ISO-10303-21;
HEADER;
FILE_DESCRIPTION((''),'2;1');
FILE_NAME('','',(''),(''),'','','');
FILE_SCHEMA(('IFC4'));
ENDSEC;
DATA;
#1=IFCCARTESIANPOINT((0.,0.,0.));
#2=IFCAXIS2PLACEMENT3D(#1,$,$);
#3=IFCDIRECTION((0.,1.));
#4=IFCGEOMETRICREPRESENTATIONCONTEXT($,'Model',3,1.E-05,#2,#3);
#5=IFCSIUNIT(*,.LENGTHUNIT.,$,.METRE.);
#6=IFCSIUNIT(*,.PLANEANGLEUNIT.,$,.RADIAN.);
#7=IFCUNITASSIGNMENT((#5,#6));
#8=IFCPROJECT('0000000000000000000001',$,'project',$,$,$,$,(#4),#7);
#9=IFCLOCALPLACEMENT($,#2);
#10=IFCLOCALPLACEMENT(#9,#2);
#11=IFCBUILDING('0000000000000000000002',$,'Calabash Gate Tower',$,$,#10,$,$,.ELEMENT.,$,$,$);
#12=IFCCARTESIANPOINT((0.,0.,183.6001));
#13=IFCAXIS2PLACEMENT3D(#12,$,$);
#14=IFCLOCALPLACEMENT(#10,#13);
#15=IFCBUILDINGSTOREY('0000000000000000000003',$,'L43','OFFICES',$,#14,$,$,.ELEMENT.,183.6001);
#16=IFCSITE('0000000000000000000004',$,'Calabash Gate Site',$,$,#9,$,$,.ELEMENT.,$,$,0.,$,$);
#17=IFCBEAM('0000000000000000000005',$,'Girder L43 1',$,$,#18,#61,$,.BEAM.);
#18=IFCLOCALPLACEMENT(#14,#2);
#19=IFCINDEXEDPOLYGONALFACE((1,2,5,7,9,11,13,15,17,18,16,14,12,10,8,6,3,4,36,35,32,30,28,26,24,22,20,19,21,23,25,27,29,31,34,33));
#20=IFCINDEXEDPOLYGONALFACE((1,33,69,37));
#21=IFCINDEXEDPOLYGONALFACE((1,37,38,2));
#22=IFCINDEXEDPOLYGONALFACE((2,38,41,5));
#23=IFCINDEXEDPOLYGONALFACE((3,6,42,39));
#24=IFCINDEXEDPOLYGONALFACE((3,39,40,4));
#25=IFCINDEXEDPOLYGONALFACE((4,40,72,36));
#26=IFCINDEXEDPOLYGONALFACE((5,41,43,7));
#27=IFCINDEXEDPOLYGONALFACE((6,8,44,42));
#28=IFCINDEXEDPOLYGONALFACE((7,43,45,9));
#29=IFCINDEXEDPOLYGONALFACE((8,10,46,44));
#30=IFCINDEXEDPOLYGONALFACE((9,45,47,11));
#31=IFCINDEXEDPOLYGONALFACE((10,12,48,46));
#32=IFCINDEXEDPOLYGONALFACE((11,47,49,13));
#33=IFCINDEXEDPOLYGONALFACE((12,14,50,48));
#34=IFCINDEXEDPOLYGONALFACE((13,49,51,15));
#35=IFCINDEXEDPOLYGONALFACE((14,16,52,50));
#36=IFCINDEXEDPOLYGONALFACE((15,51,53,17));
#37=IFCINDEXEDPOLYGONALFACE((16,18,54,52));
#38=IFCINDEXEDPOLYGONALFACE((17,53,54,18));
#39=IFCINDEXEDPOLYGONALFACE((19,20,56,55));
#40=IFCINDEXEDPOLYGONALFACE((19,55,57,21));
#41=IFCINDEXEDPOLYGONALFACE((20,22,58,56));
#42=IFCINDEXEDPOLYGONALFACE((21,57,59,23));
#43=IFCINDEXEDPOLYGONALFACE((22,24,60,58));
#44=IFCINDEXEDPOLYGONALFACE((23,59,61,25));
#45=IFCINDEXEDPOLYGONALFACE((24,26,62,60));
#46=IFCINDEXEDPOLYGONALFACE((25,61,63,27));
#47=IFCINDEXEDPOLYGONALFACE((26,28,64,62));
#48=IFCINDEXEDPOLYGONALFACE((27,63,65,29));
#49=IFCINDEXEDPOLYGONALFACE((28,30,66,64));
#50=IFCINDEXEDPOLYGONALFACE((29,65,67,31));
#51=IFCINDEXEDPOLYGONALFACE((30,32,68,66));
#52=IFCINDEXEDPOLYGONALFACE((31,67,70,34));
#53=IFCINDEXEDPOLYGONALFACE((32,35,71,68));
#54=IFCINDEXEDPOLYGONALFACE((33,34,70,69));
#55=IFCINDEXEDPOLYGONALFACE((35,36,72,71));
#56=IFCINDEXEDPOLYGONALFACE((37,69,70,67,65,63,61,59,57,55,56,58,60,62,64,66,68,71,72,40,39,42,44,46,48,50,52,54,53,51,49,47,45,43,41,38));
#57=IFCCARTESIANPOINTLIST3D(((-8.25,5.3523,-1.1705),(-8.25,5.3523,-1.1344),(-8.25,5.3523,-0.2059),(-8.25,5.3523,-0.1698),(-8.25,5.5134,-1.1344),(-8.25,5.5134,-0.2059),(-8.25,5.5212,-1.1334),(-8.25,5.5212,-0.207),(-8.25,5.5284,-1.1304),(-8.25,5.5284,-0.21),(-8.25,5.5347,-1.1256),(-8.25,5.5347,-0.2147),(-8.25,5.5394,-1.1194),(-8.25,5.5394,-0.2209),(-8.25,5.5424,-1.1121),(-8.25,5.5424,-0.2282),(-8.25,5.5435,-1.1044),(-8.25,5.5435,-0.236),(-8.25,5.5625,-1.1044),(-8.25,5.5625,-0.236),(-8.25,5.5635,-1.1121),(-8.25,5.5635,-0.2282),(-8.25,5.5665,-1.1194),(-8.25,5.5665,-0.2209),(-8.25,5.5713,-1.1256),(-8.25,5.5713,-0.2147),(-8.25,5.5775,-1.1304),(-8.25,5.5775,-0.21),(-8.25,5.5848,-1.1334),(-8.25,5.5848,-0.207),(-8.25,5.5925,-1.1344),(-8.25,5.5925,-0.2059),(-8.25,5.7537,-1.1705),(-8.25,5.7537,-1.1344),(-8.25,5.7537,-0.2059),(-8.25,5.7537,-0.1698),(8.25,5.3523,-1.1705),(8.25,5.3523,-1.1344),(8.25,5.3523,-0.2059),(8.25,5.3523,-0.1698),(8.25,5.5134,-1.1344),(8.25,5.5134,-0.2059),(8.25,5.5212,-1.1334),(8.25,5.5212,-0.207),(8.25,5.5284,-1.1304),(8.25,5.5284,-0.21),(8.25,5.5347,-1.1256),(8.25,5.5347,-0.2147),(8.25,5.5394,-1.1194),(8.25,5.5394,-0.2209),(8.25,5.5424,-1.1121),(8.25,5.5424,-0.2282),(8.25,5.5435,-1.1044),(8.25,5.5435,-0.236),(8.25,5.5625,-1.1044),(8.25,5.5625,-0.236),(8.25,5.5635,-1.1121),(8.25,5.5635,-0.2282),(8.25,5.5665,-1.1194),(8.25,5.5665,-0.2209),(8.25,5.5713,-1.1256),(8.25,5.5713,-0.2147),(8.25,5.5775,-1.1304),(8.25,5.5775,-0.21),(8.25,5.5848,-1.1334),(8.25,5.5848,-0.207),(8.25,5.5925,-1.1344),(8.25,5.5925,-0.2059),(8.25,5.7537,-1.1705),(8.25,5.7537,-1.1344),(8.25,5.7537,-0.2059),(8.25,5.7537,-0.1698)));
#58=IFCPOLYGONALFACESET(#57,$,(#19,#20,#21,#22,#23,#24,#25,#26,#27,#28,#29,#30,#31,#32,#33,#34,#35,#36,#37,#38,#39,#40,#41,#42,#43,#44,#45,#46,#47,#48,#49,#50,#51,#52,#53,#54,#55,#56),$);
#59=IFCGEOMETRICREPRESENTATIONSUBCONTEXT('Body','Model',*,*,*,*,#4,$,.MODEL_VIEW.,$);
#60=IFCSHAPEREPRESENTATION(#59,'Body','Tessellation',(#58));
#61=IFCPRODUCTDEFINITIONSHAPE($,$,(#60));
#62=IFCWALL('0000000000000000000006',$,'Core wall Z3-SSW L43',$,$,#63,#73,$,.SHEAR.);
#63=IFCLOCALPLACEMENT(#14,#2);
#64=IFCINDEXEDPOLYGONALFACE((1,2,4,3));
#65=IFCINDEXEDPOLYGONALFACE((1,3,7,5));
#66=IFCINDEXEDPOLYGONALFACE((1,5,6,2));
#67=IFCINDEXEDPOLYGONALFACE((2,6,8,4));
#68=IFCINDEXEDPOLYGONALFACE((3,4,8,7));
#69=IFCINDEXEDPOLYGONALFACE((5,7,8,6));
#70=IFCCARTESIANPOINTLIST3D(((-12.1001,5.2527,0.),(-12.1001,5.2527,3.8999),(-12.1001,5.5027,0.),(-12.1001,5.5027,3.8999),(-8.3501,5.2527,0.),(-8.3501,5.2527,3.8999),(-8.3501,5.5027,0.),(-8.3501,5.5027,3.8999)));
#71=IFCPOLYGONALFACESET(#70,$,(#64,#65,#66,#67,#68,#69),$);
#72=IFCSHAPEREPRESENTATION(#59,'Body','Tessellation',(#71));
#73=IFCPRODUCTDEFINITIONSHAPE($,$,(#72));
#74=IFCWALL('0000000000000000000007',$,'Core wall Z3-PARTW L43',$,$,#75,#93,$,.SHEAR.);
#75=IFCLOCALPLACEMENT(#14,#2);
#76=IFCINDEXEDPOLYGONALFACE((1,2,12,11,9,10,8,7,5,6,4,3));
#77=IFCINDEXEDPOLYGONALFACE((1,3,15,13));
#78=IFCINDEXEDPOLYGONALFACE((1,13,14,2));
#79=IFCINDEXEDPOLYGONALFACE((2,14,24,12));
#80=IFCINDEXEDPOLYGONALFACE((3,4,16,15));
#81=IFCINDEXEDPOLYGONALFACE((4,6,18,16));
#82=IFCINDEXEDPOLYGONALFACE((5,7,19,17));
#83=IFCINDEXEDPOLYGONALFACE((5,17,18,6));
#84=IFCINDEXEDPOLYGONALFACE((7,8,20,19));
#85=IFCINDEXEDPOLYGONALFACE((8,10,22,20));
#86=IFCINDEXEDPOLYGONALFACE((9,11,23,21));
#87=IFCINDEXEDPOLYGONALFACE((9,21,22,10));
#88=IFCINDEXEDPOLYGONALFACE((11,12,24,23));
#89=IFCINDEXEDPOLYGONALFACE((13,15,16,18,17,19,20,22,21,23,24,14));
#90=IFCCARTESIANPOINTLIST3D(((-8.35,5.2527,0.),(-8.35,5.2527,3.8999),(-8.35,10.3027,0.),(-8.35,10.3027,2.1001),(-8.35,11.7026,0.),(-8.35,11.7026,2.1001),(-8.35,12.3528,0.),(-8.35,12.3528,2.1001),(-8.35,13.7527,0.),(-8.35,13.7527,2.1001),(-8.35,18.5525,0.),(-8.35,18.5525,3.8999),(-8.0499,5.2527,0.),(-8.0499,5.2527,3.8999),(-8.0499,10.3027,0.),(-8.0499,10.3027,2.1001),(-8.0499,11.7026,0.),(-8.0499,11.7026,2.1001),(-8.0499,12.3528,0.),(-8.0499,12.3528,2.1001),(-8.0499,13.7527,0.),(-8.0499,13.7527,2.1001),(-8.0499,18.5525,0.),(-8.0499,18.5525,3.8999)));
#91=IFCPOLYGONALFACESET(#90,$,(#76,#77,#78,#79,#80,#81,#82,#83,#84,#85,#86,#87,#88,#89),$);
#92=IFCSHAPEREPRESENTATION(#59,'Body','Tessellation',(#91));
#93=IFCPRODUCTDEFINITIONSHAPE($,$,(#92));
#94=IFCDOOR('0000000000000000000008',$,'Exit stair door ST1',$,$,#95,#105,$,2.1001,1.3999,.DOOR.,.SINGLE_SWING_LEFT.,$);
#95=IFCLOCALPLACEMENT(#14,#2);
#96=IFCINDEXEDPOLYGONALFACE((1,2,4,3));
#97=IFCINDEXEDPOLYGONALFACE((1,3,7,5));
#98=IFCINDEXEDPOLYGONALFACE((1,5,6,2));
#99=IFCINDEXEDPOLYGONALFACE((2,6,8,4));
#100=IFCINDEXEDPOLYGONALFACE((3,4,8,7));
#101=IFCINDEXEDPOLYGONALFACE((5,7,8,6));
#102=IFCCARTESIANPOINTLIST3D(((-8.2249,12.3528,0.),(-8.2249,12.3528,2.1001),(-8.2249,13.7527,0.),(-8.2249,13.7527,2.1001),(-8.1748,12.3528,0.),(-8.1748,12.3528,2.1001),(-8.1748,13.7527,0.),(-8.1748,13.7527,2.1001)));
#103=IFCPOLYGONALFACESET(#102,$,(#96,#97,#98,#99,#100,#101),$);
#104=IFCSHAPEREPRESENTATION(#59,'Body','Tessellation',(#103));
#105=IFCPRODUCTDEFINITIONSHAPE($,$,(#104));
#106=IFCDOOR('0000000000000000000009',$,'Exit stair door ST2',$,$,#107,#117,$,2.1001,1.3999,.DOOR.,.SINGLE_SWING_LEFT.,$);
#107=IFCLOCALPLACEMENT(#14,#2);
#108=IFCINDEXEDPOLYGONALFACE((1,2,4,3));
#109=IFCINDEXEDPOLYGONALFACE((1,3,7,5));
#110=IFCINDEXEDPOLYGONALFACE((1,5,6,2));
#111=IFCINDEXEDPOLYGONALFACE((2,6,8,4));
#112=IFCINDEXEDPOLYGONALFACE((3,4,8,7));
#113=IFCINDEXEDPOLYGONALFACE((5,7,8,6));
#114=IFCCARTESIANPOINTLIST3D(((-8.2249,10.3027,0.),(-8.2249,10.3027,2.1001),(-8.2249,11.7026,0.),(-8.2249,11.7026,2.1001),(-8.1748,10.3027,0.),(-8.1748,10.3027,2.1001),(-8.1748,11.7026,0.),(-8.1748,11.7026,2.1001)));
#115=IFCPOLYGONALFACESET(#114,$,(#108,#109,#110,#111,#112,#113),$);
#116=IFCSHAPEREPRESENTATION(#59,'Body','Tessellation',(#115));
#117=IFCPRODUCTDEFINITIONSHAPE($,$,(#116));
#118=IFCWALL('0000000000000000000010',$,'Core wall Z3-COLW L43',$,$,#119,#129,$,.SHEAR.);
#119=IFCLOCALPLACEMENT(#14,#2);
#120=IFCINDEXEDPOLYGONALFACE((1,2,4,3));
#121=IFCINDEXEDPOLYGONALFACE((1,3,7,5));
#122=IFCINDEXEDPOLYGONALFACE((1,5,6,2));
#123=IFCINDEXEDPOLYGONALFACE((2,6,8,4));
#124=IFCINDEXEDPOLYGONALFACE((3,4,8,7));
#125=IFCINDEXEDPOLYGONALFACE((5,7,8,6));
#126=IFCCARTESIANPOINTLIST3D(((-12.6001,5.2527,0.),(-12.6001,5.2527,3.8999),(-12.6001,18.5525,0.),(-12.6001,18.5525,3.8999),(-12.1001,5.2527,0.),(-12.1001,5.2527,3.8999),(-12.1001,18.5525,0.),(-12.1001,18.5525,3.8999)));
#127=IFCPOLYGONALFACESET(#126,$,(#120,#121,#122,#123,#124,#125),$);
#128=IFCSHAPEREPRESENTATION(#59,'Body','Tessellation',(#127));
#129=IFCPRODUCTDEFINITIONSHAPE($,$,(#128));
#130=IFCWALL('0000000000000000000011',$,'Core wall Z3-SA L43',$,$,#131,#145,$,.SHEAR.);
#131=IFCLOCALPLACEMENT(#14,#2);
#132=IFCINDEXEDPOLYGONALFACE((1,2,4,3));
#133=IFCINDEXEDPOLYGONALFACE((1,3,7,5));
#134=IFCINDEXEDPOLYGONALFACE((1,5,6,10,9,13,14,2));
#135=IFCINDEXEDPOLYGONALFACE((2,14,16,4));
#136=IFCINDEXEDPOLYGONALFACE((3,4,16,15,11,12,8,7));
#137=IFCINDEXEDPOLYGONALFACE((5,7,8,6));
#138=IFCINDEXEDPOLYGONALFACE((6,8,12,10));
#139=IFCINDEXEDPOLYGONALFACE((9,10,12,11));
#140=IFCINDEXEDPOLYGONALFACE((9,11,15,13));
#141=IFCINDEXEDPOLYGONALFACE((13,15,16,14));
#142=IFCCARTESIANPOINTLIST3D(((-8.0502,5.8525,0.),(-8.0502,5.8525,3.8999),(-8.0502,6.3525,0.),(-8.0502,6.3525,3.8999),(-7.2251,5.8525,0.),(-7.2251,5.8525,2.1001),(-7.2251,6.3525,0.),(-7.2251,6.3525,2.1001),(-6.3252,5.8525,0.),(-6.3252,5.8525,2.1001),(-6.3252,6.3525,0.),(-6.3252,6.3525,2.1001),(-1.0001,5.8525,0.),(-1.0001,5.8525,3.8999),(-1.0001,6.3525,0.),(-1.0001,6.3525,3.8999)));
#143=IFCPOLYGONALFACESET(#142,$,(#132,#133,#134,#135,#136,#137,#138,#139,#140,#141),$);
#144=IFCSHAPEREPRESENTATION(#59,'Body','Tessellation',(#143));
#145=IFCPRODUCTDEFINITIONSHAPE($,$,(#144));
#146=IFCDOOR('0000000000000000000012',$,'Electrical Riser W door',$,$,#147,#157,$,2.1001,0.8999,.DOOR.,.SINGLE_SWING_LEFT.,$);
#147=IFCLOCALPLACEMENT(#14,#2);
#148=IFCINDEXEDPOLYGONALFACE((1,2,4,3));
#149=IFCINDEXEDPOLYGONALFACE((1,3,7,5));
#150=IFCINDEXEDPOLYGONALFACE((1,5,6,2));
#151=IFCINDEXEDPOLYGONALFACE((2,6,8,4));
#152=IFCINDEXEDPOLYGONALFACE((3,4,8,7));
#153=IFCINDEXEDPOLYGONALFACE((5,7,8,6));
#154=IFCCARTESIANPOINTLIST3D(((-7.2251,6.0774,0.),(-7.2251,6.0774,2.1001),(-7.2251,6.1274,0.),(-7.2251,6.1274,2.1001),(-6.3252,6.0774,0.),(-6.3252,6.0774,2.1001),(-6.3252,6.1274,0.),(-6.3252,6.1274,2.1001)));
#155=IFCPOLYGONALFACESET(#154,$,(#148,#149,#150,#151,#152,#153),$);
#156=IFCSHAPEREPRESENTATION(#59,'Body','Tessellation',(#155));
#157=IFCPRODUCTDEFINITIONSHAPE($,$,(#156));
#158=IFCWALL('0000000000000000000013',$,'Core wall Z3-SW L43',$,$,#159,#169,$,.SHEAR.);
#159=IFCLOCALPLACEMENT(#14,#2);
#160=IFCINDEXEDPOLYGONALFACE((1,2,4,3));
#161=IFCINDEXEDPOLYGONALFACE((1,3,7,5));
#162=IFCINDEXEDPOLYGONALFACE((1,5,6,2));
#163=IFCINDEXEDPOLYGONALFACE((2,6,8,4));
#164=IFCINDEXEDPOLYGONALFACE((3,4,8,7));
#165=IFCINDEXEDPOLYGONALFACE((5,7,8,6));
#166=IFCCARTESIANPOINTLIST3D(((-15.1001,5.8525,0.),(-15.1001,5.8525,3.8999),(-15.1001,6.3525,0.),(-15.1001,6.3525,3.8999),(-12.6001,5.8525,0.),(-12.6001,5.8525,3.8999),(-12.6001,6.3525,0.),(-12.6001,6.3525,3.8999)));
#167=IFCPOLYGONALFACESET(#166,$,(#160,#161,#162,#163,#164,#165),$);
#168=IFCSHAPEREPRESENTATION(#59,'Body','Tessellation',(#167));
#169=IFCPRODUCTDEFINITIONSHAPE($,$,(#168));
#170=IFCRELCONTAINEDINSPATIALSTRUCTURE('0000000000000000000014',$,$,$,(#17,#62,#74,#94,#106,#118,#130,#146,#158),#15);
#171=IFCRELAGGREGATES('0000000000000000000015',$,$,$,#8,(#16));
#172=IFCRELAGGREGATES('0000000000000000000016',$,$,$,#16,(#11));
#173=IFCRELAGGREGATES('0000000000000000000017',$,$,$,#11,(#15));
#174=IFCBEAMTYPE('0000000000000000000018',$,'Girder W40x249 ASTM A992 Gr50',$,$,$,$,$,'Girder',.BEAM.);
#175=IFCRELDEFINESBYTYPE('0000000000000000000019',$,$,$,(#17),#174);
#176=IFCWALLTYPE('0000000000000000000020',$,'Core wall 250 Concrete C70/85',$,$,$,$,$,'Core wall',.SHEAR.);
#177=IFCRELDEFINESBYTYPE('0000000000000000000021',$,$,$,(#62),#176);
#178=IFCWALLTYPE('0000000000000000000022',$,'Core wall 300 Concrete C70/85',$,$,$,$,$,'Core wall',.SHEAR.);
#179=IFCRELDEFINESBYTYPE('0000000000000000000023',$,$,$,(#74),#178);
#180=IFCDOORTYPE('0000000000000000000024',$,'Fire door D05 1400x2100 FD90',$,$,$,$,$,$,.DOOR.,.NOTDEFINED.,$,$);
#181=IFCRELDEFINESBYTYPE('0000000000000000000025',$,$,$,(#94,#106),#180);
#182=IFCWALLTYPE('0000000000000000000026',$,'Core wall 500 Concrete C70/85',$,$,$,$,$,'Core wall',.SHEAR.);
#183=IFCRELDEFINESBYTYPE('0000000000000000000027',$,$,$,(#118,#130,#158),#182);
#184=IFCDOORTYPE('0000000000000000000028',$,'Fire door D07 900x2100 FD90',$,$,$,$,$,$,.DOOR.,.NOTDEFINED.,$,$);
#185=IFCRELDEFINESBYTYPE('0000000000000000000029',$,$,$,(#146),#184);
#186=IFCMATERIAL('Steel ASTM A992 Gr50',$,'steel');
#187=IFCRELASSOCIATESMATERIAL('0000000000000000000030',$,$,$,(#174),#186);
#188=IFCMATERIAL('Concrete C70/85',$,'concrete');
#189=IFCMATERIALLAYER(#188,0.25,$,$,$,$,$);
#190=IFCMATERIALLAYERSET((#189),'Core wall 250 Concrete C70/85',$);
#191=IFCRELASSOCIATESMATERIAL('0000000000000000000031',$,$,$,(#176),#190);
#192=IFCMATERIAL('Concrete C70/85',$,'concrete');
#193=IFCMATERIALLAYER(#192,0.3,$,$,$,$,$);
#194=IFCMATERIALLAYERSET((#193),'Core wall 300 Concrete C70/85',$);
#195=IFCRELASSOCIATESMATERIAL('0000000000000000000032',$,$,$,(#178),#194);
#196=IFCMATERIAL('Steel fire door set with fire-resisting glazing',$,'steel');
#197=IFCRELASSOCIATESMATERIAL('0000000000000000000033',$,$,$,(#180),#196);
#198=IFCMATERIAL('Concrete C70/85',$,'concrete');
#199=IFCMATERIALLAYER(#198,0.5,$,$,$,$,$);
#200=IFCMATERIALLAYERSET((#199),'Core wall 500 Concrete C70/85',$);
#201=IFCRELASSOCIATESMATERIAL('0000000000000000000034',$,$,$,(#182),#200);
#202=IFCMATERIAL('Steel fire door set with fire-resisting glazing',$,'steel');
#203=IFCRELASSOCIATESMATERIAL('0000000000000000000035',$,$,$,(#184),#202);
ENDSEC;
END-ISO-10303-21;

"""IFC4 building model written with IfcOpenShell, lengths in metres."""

from ifc_helpers import new_model, si_unit, direction, frame, frame_2d, origin, origin_2d, place, context, subcontext, project, spatial, rectangle, i_section, extrude, material, layer, layer_set, material_profile, profile_set, type_object, element, fill, save


model = new_model("IFC4")

# Units and contexts
model_context = context("Model", 3, precision=1e-05, world=origin(), true_north=direction((0.0, 1.0)))
body_context = subcontext(model_context, "Body", "Model", "MODEL_VIEW")
ifc_project = project(units=[si_unit("LENGTHUNIT", "METRE"), si_unit("PLANEANGLEUNIT", "RADIAN")], contexts=[model_context])

# Site, building, storey
site_placement = place(None, origin())
site = spatial("IfcSite", under=ifc_project, at=site_placement, Name="Calabash Gate Site", CompositionType="ELEMENT", RefElevation=0.0)
building_placement = place(site_placement, origin())
building = spatial("IfcBuilding", under=site, at=building_placement, Name="Calabash Gate Tower", CompositionType="ELEMENT")
storey_placement = place(building_placement, frame((0.0, 0.0, 183.6001)))
storey = spatial("IfcBuildingStorey", under=building, at=storey_placement, Name="L43", Description="OFFICES", CompositionType="ELEMENT", Elevation=183.6001)

# Beam
ifc_material_1 = material(Name="Steel ASTM A992 Gr50", Category="steel")
ifc_material_profile = material_profile(ifc_material_1, i_section(OverallWidth=0.4014, OverallDepth=1.0007, WebThickness=0.019, FlangeThickness=0.0361, FilletRadius=0.03, at=origin_2d()))
ifc_profile_set = profile_set([ifc_material_profile], Name="Steel ASTM A992 Gr50")
beam_type = type_object("IfcBeamType", Name="Girder W40x249 ASTM A992 Gr50", ElementType="Girder", PredefinedType="BEAM", material=ifc_profile_set)
beam_placement = place(storey_placement, frame((-8.25, 5.553, -0.6702), z_axis=(1.0, 0.0, 0.0), x_axis=(0.0, 1.0, 0.0)))
element("IfcBeam", 1, at=beam_placement, inside=storey, type_object=beam_type, Name="Girder L43 1", PredefinedType="BEAM", context=body_context, shape_type="SweptSolid", body=[
    extrude(i_section(OverallWidth=0.4014, OverallDepth=1.0007, WebThickness=0.019, FlangeThickness=0.0361, FilletRadius=0.03, at=origin_2d()), origin(), (0.0, 0.0, 1.0), 16.5),
])

# Wall
ifc_material_2 = material(Name="Concrete C70/85", Category="concrete")
ifc_layer_1 = layer(ifc_material_2, 0.25)
ifc_layer_set_1 = layer_set([ifc_layer_1], Name="Core wall 250 Concrete C70/85")
wall_type_1 = type_object("IfcWallType", Name="Core wall 250 Concrete C70/85", ElementType="Core wall", PredefinedType="SHEAR", material=ifc_layer_set_1)
wall_1_placement = place(storey_placement, frame((-12.1001, 5.3777, 0.0), z_axis=(0.0, 0.0, 1.0), x_axis=(1.0, 0.0, 0.0)))
element("IfcWall", 2, at=wall_1_placement, inside=storey, type_object=wall_type_1, Name="Core wall Z3-SSW L43", PredefinedType="SHEAR", context=body_context, shape_type="SweptSolid", body=[
    extrude(rectangle(XDim=3.75, YDim=0.25, at=frame_2d((1.875, 0.0))), origin(), (0.0, 0.0, 1.0), 3.8999),
])

# Wall, openings, doors
ifc_material_3 = material(Name="Concrete C70/85", Category="concrete")
ifc_layer_2 = layer(ifc_material_3, 0.3)
ifc_layer_set_2 = layer_set([ifc_layer_2], Name="Core wall 300 Concrete C70/85")
wall_type_2 = type_object("IfcWallType", Name="Core wall 300 Concrete C70/85", ElementType="Core wall", PredefinedType="SHEAR", material=ifc_layer_set_2)
wall_2_placement = place(storey_placement, frame((-8.2, 5.2527, 0.0), z_axis=(0.0, 0.0, 1.0), x_axis=(0.0, 1.0, 0.0)))
wall_2 = element("IfcWall", 3, at=wall_2_placement, inside=storey, type_object=wall_type_2, Name="Core wall Z3-PARTW L43", PredefinedType="SHEAR", context=body_context, shape_type="SweptSolid", body=[
    extrude(rectangle(XDim=13.2998, YDim=0.3, at=frame_2d((6.6499, 0.0))), origin(), (0.0, 0.0, 1.0), 3.8999),
])
opening_1_placement = place(wall_2_placement, frame((7.1001, 0.0, 0.0)))
opening_1 = element("IfcOpeningElement", 4, at=opening_1_placement, cuts=wall_2, PredefinedType="OPENING", context=body_context, shape_type="SweptSolid", body=[
    extrude(rectangle(XDim=1.3999, YDim=2.1001, at=frame_2d((0.7, 1.05))), frame((0.0, 0.1599, 0.0), z_axis=(0.0, -1.0, 0.0), x_axis=(1.0, 0.0, 0.0)), (0.0, 0.0, 1.0), 0.3201),
])
opening_2_placement = place(wall_2_placement, frame((5.05, 0.0, 0.0)))
opening_2 = element("IfcOpeningElement", 5, at=opening_2_placement, cuts=wall_2, PredefinedType="OPENING", context=body_context, shape_type="SweptSolid", body=[
    extrude(rectangle(XDim=1.3999, YDim=2.1001, at=frame_2d((0.7, 1.05))), frame((0.0, 0.1599, 0.0), z_axis=(0.0, -1.0, 0.0), x_axis=(1.0, 0.0, 0.0)), (0.0, 0.0, 1.0), 0.3201),
])
ifc_material_4 = material(Name="Steel fire door set with fire-resisting glazing", Category="steel")
door_type_1 = type_object("IfcDoorType", Name="Fire door D05 1400x2100 FD90", OperationType="NOTDEFINED", PredefinedType="DOOR", material=ifc_material_4)
door_1_placement = place(opening_1_placement, origin())
door_1 = element("IfcDoor", 6, at=door_1_placement, inside=storey, type_object=door_type_1, Name="Exit stair door ST1", OperationType="SINGLE_SWING_LEFT", OverallHeight=2.1001, OverallWidth=1.3999, PredefinedType="DOOR", context=body_context, shape_type="SweptSolid", body=[
    extrude(rectangle(XDim=1.3999, YDim=2.1001, at=frame_2d((0.7, 1.05))), frame((0.0, 0.0249, 0.0), z_axis=(0.0, -1.0, 0.0), x_axis=(1.0, 0.0, 0.0)), (0.0, 0.0, 1.0), 0.05),
])
fill(opening_1, door_1)
door_2_placement = place(opening_2_placement, origin())
door_2 = element("IfcDoor", 7, at=door_2_placement, inside=storey, type_object=door_type_1, Name="Exit stair door ST2", OperationType="SINGLE_SWING_LEFT", OverallHeight=2.1001, OverallWidth=1.3999, PredefinedType="DOOR", context=body_context, shape_type="SweptSolid", body=[
    extrude(rectangle(XDim=1.3999, YDim=2.1001, at=frame_2d((0.7, 1.05))), frame((0.0, 0.0249, 0.0), z_axis=(0.0, -1.0, 0.0), x_axis=(1.0, 0.0, 0.0)), (0.0, 0.0, 1.0), 0.05),
])
fill(opening_2, door_2)

# Wall
ifc_material_5 = material(Name="Concrete C70/85", Category="concrete")
ifc_layer_3 = layer(ifc_material_5, 0.5)
ifc_layer_set_3 = layer_set([ifc_layer_3], Name="Core wall 500 Concrete C70/85")
wall_type_3 = type_object("IfcWallType", Name="Core wall 500 Concrete C70/85", ElementType="Core wall", PredefinedType="SHEAR", material=ifc_layer_set_3)
wall_3_placement = place(storey_placement, frame((-12.3501, 5.2527, 0.0), z_axis=(0.0, 0.0, 1.0), x_axis=(0.0, 1.0, 0.0)))
element("IfcWall", 8, at=wall_3_placement, inside=storey, type_object=wall_type_3, Name="Core wall Z3-COLW L43", PredefinedType="SHEAR", context=body_context, shape_type="SweptSolid", body=[
    extrude(rectangle(XDim=13.2998, YDim=0.5, at=frame_2d((6.6499, 0.0))), origin(), (0.0, 0.0, 1.0), 3.8999),
])

# Wall, opening, door
wall_4_placement = place(storey_placement, frame((-8.05, 6.1025, 0.0), z_axis=(0.0, 0.0, 1.0), x_axis=(1.0, 0.0, 0.0)))
wall_4 = element("IfcWall", 9, at=wall_4_placement, inside=storey, type_object=wall_type_3, Name="Core wall Z3-SA L43", PredefinedType="SHEAR", context=body_context, shape_type="SweptSolid", body=[
    extrude(rectangle(XDim=7.05, YDim=0.5, at=frame_2d((3.5249, 0.0))), origin(), (0.0, 0.0, 1.0), 3.8999),
])
opening_3_placement = place(wall_4_placement, frame((0.825, 0.0, 0.0)))
opening_3 = element("IfcOpeningElement", 10, at=opening_3_placement, cuts=wall_4, PredefinedType="OPENING", context=body_context, shape_type="SweptSolid", body=[
    extrude(rectangle(XDim=0.8999, YDim=2.1001, at=frame_2d((0.45, 1.05))), frame((0.0, 0.26, 0.0), z_axis=(0.0, -1.0, 0.0), x_axis=(1.0, 0.0, 0.0)), (0.0, 0.0, 1.0), 0.52),
])
ifc_material_6 = material(Name="Steel fire door set with fire-resisting glazing", Category="steel")
door_type_2 = type_object("IfcDoorType", Name="Fire door D07 900x2100 FD90", OperationType="NOTDEFINED", PredefinedType="DOOR", material=ifc_material_6)
door_3_placement = place(opening_3_placement, origin())
door_3 = element("IfcDoor", 11, at=door_3_placement, inside=storey, type_object=door_type_2, Name="Electrical Riser W door", OperationType="SINGLE_SWING_LEFT", OverallHeight=2.1001, OverallWidth=0.8999, PredefinedType="DOOR", context=body_context, shape_type="SweptSolid", body=[
    extrude(rectangle(XDim=0.8999, YDim=2.1001, at=frame_2d((0.45, 1.05))), frame((0.0, 0.0249, 0.0), z_axis=(0.0, -1.0, 0.0), x_axis=(1.0, 0.0, 0.0)), (0.0, 0.0, 1.0), 0.05),
])
fill(opening_3, door_3)

# Wall
wall_5_placement = place(storey_placement, frame((-12.6001, 6.1025, 0.0), z_axis=(0.0, 0.0, 1.0), x_axis=(-1.0, 0.0, 0.0)))
element("IfcWall", 12, at=wall_5_placement, inside=storey, type_object=wall_type_3, Name="Core wall Z3-SW L43", PredefinedType="SHEAR", context=body_context, shape_type="SweptSolid", body=[
    extrude(rectangle(XDim=2.5, YDim=0.5, at=frame_2d((1.25, 0.0))), origin(), (0.0, 0.0, 1.0), 3.8999),
])

save(model, "model.ifc")
